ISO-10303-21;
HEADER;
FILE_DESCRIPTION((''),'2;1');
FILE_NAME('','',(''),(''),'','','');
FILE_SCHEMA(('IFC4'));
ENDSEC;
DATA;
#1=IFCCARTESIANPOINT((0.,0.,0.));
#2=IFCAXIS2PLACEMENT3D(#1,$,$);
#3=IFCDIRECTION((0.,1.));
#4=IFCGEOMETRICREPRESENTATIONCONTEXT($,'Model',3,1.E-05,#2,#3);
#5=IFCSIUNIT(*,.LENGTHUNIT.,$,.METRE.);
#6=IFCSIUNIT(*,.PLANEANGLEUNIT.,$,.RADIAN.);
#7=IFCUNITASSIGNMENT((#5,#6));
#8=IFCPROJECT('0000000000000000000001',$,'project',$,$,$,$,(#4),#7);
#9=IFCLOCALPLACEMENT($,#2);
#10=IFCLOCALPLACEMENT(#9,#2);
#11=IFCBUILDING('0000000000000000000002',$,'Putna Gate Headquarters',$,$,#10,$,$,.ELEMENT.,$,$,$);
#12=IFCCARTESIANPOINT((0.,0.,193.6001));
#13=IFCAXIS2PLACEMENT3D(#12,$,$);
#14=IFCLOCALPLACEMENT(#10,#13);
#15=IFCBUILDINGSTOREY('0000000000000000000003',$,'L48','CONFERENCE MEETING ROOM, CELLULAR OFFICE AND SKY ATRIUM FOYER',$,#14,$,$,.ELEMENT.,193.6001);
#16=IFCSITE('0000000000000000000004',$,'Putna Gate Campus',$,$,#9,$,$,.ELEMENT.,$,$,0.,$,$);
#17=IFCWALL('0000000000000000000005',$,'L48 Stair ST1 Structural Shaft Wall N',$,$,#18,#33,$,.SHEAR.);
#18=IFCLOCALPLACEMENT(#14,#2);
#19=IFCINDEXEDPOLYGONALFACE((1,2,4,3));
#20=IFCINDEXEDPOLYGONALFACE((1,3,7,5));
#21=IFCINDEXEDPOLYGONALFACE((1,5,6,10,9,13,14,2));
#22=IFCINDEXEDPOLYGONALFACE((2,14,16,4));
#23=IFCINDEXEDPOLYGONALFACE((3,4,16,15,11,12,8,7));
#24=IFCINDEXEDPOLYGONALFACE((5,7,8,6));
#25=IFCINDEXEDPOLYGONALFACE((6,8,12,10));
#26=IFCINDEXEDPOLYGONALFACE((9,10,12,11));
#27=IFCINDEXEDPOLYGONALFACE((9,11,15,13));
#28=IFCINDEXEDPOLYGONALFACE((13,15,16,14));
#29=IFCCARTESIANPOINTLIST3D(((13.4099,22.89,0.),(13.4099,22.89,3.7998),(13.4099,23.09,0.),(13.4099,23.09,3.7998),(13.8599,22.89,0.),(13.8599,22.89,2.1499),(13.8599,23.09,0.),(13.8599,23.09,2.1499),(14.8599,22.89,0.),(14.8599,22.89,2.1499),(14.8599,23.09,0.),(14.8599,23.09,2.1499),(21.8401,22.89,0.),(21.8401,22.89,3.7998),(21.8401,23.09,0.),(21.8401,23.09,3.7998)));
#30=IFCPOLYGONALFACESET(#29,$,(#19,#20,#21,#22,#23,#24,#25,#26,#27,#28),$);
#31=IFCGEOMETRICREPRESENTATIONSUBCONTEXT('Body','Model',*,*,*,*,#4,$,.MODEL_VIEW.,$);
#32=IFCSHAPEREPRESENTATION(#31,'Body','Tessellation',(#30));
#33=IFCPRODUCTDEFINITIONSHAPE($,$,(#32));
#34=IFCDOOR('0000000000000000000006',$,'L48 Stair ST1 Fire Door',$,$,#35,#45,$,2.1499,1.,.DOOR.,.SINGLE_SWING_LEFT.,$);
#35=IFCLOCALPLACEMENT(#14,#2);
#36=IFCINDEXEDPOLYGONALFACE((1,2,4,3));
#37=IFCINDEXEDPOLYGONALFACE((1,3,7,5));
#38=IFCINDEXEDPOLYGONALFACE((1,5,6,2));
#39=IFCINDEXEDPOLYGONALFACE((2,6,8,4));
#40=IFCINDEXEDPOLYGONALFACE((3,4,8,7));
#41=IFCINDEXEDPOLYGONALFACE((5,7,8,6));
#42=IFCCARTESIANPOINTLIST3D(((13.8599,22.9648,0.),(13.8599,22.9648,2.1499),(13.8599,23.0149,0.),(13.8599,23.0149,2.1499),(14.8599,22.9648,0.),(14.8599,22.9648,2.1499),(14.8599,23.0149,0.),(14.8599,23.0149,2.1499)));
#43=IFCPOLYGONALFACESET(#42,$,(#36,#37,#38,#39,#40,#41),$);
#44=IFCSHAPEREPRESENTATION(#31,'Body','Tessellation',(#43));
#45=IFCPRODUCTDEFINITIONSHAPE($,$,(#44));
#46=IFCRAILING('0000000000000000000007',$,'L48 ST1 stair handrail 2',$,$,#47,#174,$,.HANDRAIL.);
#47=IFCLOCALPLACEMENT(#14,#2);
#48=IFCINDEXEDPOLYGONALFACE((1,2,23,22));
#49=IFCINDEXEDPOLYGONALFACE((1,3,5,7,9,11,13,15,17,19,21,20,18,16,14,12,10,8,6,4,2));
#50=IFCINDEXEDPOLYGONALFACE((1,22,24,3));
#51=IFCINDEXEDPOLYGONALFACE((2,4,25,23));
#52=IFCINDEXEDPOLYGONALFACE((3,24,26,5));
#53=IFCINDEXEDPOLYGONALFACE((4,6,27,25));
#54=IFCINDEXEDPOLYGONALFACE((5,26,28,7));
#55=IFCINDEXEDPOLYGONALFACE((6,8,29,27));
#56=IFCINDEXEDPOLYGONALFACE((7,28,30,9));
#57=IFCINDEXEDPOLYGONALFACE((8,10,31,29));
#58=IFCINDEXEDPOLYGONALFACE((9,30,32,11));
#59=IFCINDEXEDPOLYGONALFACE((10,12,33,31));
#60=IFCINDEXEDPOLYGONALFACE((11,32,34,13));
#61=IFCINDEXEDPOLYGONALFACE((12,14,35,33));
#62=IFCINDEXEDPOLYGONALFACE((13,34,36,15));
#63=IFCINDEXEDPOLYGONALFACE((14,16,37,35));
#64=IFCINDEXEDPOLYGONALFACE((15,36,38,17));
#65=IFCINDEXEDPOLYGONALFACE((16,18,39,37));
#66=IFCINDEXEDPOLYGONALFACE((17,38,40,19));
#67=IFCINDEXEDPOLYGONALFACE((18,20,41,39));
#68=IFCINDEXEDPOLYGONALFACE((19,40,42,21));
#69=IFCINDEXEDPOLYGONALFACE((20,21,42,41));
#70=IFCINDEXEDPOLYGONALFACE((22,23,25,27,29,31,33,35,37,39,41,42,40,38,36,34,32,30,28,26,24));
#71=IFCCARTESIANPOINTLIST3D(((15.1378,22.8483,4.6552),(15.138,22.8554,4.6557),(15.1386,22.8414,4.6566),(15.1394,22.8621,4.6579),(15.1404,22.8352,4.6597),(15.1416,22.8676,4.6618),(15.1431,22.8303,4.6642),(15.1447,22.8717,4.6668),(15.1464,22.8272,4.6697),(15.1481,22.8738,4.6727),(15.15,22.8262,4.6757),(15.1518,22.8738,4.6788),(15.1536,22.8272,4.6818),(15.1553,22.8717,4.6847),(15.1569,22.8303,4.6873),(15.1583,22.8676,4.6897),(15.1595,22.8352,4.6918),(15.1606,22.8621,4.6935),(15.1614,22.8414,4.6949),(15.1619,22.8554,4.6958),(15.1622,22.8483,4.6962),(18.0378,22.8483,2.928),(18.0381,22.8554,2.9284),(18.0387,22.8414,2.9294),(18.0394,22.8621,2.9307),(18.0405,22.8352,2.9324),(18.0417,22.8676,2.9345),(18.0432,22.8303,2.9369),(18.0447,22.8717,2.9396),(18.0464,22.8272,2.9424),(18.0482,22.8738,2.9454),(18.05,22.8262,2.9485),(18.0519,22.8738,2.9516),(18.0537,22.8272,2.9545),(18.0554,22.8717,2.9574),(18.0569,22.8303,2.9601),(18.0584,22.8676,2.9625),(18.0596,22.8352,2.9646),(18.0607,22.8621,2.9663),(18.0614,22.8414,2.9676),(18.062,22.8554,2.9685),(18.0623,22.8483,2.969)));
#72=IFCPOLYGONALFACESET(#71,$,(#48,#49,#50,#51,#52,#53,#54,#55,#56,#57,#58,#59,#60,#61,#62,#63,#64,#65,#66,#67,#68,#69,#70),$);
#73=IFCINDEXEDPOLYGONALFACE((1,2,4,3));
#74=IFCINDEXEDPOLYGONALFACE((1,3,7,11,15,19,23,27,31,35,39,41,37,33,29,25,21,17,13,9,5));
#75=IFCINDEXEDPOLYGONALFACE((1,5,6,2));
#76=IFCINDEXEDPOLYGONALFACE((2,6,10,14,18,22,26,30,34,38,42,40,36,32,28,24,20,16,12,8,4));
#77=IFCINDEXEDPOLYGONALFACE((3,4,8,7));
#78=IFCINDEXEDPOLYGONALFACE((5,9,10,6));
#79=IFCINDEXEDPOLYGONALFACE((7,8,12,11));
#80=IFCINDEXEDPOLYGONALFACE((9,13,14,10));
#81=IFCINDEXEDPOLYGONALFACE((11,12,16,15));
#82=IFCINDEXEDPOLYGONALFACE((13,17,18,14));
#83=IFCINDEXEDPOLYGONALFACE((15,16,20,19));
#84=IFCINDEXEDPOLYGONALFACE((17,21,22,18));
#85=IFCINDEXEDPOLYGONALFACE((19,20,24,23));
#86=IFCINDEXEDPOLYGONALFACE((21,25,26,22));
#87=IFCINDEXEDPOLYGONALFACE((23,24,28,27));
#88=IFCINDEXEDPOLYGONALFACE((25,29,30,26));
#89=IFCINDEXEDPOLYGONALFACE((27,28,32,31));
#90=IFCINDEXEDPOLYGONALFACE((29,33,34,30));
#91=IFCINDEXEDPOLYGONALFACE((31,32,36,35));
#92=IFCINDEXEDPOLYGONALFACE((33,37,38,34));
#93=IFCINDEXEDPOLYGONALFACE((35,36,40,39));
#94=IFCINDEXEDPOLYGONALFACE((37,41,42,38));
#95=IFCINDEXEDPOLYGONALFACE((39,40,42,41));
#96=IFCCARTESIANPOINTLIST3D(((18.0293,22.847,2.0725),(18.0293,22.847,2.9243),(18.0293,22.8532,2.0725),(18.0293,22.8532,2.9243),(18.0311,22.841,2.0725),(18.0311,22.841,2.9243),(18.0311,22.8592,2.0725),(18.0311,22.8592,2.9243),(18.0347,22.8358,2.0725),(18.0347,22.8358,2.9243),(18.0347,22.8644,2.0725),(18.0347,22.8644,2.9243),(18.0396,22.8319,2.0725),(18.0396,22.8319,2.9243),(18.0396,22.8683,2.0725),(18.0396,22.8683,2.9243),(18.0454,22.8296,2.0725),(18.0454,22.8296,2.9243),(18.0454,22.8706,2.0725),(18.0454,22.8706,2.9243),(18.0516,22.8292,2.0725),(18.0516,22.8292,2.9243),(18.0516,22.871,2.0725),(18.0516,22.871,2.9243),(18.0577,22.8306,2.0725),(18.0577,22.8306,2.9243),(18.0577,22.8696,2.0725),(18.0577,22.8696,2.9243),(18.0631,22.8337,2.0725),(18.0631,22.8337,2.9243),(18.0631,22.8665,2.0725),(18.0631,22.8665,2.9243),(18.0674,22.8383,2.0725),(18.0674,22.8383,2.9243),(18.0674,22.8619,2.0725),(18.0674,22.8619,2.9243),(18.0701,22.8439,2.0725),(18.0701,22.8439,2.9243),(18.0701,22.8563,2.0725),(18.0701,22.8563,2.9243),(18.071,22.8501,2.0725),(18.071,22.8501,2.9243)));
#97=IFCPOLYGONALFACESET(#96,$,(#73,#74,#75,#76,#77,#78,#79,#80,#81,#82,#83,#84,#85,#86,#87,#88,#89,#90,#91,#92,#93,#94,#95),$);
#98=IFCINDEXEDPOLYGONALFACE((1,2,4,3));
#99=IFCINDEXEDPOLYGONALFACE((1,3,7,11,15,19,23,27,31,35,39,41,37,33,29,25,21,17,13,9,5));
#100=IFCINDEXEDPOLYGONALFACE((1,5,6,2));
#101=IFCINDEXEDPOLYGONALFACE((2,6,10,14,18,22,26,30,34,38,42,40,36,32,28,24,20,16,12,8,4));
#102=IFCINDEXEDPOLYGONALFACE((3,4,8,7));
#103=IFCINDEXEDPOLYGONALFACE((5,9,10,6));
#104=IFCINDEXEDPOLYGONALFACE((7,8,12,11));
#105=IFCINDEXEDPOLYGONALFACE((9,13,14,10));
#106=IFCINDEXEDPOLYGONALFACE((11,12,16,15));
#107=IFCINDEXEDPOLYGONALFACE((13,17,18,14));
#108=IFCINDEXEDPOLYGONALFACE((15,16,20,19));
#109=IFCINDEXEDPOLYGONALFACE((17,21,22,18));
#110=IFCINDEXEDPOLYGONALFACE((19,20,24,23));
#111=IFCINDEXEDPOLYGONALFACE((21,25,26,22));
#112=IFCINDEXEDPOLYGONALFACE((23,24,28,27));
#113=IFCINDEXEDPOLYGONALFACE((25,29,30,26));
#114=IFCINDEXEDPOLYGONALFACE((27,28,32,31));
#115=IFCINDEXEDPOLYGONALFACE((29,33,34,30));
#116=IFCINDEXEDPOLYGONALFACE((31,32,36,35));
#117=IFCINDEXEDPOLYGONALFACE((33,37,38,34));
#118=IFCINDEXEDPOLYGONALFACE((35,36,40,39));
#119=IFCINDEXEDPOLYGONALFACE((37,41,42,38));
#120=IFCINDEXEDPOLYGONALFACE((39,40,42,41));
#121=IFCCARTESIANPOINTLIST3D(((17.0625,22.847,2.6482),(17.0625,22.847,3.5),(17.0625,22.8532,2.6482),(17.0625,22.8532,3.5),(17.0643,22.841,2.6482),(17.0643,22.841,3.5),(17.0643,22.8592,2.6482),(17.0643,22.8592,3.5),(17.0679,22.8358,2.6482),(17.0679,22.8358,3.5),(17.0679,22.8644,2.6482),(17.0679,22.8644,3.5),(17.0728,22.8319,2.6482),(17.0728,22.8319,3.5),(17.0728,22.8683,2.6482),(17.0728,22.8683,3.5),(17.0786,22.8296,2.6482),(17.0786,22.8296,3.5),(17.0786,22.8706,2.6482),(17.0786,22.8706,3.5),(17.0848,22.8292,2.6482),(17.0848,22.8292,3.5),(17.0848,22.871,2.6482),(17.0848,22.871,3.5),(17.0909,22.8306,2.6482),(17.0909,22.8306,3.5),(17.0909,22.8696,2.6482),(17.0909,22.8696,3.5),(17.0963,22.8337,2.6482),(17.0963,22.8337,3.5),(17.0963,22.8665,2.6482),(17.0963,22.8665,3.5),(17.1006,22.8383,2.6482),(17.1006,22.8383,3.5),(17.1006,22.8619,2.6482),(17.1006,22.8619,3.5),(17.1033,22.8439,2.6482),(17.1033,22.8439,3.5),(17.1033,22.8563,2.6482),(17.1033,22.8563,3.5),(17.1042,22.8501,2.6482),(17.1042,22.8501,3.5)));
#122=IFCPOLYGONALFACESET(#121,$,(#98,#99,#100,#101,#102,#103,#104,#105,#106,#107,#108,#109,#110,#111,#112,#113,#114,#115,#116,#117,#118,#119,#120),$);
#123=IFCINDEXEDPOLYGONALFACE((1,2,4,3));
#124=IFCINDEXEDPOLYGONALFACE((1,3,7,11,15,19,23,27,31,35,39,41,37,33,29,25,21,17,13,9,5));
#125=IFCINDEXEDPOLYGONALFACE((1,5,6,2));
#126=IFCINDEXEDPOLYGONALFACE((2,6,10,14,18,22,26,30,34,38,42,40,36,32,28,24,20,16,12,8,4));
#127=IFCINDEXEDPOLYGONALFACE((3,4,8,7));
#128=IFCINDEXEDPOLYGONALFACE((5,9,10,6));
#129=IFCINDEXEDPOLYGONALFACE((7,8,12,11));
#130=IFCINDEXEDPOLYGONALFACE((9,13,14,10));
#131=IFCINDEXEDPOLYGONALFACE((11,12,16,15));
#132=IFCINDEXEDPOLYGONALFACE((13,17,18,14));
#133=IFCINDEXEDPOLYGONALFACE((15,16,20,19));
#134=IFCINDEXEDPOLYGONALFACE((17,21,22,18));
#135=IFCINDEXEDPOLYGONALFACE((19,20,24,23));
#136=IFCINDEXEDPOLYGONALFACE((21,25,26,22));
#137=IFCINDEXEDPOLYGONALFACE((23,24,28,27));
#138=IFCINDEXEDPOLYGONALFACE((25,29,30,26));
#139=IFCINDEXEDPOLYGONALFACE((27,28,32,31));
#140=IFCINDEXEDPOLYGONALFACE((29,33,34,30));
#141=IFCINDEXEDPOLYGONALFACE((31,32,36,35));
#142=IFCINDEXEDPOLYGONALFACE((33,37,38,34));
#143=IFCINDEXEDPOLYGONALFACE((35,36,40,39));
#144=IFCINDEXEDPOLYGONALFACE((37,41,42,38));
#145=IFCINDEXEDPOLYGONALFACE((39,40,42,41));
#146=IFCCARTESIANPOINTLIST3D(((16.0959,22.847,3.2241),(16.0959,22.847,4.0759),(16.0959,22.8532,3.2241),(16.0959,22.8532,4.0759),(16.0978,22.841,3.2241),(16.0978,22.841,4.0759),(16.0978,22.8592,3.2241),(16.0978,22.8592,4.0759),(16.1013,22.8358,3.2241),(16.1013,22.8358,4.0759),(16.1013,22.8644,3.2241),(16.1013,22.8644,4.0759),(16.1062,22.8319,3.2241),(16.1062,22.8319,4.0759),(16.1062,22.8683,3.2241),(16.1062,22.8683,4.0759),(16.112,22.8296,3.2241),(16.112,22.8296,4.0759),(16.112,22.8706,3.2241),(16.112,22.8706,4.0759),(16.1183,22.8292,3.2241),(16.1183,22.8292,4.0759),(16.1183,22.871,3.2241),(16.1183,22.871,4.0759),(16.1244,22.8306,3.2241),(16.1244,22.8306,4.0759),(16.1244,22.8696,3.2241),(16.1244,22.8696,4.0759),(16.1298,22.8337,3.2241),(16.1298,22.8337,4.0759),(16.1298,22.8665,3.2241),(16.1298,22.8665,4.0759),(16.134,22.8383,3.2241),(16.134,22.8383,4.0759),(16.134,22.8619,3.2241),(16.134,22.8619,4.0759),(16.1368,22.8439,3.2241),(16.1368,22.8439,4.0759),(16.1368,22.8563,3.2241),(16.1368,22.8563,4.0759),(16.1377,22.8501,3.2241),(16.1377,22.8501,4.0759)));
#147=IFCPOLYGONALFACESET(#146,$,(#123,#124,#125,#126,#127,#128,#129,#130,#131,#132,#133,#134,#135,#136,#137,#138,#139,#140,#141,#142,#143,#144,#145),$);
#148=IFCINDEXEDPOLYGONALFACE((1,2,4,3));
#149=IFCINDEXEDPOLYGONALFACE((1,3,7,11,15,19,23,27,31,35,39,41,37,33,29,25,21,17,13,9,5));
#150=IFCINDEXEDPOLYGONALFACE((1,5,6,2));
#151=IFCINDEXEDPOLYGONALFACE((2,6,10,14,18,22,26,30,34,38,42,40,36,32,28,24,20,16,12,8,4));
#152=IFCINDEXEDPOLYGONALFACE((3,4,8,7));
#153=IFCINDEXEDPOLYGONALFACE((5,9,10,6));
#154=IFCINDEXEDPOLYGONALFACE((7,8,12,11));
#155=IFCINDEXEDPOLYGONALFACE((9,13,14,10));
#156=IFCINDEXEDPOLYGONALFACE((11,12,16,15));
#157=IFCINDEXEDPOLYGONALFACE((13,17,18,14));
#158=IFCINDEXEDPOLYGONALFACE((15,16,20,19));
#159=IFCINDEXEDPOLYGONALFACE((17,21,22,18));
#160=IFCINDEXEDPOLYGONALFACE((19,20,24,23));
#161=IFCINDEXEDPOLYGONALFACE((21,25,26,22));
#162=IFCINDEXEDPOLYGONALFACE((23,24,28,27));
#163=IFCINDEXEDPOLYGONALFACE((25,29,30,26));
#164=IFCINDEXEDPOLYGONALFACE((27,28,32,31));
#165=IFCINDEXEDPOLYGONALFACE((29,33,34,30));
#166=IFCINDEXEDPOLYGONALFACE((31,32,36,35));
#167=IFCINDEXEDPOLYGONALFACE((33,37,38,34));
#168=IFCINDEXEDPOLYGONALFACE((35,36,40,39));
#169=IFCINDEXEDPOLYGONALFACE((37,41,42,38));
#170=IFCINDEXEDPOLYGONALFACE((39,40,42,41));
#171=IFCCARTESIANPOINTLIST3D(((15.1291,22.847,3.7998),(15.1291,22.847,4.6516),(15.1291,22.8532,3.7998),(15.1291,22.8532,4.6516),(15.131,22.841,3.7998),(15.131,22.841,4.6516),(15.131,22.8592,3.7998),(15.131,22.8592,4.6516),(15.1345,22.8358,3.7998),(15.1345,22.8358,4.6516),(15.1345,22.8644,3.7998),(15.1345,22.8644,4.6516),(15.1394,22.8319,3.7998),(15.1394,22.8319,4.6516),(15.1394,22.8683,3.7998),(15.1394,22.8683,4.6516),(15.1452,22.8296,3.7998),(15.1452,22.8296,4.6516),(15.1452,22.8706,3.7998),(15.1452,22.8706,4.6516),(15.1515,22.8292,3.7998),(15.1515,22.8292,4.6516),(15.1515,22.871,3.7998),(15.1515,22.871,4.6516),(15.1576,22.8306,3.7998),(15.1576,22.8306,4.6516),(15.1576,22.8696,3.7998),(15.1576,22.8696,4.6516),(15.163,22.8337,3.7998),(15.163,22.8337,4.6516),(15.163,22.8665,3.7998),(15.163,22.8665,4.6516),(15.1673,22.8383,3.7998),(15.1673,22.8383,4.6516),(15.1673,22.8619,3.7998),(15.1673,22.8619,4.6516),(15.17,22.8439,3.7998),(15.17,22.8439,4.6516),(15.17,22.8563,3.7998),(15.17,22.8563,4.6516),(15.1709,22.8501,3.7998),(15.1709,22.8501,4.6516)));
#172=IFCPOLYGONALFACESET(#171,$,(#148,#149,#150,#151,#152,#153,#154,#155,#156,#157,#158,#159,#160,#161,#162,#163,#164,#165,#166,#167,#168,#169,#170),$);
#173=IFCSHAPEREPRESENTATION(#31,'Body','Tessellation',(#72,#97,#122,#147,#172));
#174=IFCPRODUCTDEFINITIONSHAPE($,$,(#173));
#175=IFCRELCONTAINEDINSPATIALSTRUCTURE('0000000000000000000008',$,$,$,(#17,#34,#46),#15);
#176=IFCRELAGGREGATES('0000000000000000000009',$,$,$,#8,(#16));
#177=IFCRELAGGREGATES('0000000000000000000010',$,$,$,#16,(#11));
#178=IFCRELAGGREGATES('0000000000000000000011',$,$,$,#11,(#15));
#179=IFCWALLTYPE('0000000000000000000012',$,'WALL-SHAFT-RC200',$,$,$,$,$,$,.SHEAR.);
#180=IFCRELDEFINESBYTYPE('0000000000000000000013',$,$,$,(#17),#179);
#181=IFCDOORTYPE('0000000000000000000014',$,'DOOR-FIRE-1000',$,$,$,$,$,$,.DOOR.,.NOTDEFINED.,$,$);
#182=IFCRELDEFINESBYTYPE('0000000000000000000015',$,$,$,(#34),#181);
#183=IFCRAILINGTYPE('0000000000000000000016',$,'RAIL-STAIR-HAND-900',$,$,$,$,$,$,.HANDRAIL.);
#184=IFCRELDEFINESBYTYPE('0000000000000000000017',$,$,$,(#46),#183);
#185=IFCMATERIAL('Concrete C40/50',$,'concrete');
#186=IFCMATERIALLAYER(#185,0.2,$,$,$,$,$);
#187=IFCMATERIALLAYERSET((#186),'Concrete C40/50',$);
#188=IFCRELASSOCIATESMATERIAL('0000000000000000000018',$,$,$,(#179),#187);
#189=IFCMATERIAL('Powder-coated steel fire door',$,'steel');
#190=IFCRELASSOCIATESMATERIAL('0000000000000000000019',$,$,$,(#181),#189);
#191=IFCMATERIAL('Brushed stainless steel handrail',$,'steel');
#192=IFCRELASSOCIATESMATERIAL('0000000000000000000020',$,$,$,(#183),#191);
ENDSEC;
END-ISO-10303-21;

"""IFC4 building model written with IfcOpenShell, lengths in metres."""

from ifc_helpers import new_model, si_unit, direction, frame, frame_2d, origin, origin_2d, place, context, subcontext, project, spatial, rectangle, circle, extrude, material, layer, layer_set, type_object, element, fill, save


model = new_model("IFC4")

# Units and contexts
model_context = context("Model", 3, precision=1e-05, world=origin(), true_north=direction((0.0, 1.0)))
body_context = subcontext(model_context, "Body", "Model", "MODEL_VIEW")
ifc_project = project(units=[si_unit("LENGTHUNIT", "METRE"), si_unit("PLANEANGLEUNIT", "RADIAN")], contexts=[model_context])

# Site, building, storey
site_placement = place(None, origin())
site = spatial("IfcSite", under=ifc_project, at=site_placement, Name="Putna Gate Campus", CompositionType="ELEMENT", RefElevation=0.0)
building_placement = place(site_placement, origin())
building = spatial("IfcBuilding", under=site, at=building_placement, Name="Putna Gate Headquarters", CompositionType="ELEMENT")
storey_placement = place(building_placement, frame((0.0, 0.0, 193.6001)))
storey = spatial("IfcBuildingStorey", under=building, at=storey_placement, Name="L48", Description="CONFERENCE MEETING ROOM, CELLULAR OFFICE AND SKY ATRIUM FOYER", CompositionType="ELEMENT", Elevation=193.6001)

# Shared definitions
ifc_material_1 = material(Name="Concrete C40/50", Category="concrete")

# Wall, opening, door
ifc_layer_1 = layer(ifc_material_1, 0.2)
ifc_layer_set_1 = layer_set([ifc_layer_1], Name="Concrete C40/50")
wall_type_1 = type_object("IfcWallType", Name="WALL-SHAFT-RC200", PredefinedType="SHEAR", material=ifc_layer_set_1)
wall_1_placement = place(storey_placement, frame((13.4099, 22.99, 0.0), z_axis=(0.0, 0.0, 1.0), x_axis=(1.0, 0.0, 0.0)))
wall_1 = element("IfcWall", 1, at=wall_1_placement, inside=storey, type_object=wall_type_1, Name="L48 Stair ST1 Structural Shaft Wall N", PredefinedType="SHEAR", context=body_context, shape_type="SweptSolid", body=[
    extrude(rectangle(XDim=8.4302, YDim=0.2, at=frame_2d((4.2151, 0.0))), origin(), (0.0, 0.0, 1.0), 3.7998),
])
opening_1_placement = place(wall_1_placement, frame((0.45, 0.0, 0.0)))
opening_1 = element("IfcOpeningElement", 2, at=opening_1_placement, cuts=wall_1, PredefinedType="OPENING", context=body_context, shape_type="SweptSolid", body=[
    extrude(rectangle(XDim=1.0, YDim=2.1499, at=frame_2d((0.5, 1.075))), frame((0.0, 0.1099, 0.0), z_axis=(0.0, -1.0, 0.0), x_axis=(1.0, 0.0, 0.0)), (0.0, 0.0, 1.0), 0.22),
])
ifc_material_2 = material(Name="Powder-coated steel fire door", Category="steel")
door_type_1 = type_object("IfcDoorType", Name="DOOR-FIRE-1000", OperationType="NOTDEFINED", PredefinedType="DOOR", material=ifc_material_2)
door_1_placement = place(opening_1_placement, origin())
door_1 = element("IfcDoor", 3, at=door_1_placement, inside=storey, type_object=door_type_1, Name="L48 Stair ST1 Fire Door", OperationType="SINGLE_SWING_LEFT", OverallHeight=2.1499, OverallWidth=1.0, PredefinedType="DOOR", context=body_context, shape_type="SweptSolid", body=[
    extrude(rectangle(XDim=1.0, YDim=2.1499, at=frame_2d((0.5, 1.075))), frame((0.0, 0.0249, 0.0), z_axis=(0.0, -1.0, 0.0), x_axis=(1.0, 0.0, 0.0)), (0.0, 0.0, 1.0), 0.05),
])
fill(opening_1, door_1)

# Railing
ifc_material_3 = material(Name="Brushed stainless steel handrail", Category="steel")
railing_type = type_object("IfcRailingType", Name="RAIL-STAIR-HAND-900", PredefinedType="HANDRAIL", material=ifc_material_3)
railing_placement = place(storey_placement, frame((18.05, 22.8501, 2.0725)))
element("IfcRailing", 4, at=railing_placement, inside=storey, type_object=railing_type, Name="L48 ST1 stair handrail 2", PredefinedType="HANDRAIL", context=body_context, shape_type="SweptSolid", body=[
    extrude(circle(Radius=0.0239, at=origin_2d()), frame((0.0, 0.0, 0.876), z_axis=(-0.85916, 0.0, 0.511706), x_axis=(0.0, -1.0, 0.0)), (0.0, 0.0, 1.0), 3.3755),
    extrude(circle(Radius=0.021, at=origin_2d()), origin(), (0.0, 0.0, 1.0), 0.8518),
    extrude(circle(Radius=0.021, at=origin_2d()), frame((-0.9668, 0.0, 0.5757)), (0.0, 0.0, 1.0), 0.8518),
    extrude(circle(Radius=0.021, at=origin_2d()), frame((-1.9333, 0.0, 1.1516)), (0.0, 0.0, 1.0), 0.8518),
    extrude(circle(Radius=0.021, at=origin_2d()), frame((-2.9001, 0.0, 1.7273)), (0.0, 0.0, 1.0), 0.8518),
])

save(model, "model.ifc")
